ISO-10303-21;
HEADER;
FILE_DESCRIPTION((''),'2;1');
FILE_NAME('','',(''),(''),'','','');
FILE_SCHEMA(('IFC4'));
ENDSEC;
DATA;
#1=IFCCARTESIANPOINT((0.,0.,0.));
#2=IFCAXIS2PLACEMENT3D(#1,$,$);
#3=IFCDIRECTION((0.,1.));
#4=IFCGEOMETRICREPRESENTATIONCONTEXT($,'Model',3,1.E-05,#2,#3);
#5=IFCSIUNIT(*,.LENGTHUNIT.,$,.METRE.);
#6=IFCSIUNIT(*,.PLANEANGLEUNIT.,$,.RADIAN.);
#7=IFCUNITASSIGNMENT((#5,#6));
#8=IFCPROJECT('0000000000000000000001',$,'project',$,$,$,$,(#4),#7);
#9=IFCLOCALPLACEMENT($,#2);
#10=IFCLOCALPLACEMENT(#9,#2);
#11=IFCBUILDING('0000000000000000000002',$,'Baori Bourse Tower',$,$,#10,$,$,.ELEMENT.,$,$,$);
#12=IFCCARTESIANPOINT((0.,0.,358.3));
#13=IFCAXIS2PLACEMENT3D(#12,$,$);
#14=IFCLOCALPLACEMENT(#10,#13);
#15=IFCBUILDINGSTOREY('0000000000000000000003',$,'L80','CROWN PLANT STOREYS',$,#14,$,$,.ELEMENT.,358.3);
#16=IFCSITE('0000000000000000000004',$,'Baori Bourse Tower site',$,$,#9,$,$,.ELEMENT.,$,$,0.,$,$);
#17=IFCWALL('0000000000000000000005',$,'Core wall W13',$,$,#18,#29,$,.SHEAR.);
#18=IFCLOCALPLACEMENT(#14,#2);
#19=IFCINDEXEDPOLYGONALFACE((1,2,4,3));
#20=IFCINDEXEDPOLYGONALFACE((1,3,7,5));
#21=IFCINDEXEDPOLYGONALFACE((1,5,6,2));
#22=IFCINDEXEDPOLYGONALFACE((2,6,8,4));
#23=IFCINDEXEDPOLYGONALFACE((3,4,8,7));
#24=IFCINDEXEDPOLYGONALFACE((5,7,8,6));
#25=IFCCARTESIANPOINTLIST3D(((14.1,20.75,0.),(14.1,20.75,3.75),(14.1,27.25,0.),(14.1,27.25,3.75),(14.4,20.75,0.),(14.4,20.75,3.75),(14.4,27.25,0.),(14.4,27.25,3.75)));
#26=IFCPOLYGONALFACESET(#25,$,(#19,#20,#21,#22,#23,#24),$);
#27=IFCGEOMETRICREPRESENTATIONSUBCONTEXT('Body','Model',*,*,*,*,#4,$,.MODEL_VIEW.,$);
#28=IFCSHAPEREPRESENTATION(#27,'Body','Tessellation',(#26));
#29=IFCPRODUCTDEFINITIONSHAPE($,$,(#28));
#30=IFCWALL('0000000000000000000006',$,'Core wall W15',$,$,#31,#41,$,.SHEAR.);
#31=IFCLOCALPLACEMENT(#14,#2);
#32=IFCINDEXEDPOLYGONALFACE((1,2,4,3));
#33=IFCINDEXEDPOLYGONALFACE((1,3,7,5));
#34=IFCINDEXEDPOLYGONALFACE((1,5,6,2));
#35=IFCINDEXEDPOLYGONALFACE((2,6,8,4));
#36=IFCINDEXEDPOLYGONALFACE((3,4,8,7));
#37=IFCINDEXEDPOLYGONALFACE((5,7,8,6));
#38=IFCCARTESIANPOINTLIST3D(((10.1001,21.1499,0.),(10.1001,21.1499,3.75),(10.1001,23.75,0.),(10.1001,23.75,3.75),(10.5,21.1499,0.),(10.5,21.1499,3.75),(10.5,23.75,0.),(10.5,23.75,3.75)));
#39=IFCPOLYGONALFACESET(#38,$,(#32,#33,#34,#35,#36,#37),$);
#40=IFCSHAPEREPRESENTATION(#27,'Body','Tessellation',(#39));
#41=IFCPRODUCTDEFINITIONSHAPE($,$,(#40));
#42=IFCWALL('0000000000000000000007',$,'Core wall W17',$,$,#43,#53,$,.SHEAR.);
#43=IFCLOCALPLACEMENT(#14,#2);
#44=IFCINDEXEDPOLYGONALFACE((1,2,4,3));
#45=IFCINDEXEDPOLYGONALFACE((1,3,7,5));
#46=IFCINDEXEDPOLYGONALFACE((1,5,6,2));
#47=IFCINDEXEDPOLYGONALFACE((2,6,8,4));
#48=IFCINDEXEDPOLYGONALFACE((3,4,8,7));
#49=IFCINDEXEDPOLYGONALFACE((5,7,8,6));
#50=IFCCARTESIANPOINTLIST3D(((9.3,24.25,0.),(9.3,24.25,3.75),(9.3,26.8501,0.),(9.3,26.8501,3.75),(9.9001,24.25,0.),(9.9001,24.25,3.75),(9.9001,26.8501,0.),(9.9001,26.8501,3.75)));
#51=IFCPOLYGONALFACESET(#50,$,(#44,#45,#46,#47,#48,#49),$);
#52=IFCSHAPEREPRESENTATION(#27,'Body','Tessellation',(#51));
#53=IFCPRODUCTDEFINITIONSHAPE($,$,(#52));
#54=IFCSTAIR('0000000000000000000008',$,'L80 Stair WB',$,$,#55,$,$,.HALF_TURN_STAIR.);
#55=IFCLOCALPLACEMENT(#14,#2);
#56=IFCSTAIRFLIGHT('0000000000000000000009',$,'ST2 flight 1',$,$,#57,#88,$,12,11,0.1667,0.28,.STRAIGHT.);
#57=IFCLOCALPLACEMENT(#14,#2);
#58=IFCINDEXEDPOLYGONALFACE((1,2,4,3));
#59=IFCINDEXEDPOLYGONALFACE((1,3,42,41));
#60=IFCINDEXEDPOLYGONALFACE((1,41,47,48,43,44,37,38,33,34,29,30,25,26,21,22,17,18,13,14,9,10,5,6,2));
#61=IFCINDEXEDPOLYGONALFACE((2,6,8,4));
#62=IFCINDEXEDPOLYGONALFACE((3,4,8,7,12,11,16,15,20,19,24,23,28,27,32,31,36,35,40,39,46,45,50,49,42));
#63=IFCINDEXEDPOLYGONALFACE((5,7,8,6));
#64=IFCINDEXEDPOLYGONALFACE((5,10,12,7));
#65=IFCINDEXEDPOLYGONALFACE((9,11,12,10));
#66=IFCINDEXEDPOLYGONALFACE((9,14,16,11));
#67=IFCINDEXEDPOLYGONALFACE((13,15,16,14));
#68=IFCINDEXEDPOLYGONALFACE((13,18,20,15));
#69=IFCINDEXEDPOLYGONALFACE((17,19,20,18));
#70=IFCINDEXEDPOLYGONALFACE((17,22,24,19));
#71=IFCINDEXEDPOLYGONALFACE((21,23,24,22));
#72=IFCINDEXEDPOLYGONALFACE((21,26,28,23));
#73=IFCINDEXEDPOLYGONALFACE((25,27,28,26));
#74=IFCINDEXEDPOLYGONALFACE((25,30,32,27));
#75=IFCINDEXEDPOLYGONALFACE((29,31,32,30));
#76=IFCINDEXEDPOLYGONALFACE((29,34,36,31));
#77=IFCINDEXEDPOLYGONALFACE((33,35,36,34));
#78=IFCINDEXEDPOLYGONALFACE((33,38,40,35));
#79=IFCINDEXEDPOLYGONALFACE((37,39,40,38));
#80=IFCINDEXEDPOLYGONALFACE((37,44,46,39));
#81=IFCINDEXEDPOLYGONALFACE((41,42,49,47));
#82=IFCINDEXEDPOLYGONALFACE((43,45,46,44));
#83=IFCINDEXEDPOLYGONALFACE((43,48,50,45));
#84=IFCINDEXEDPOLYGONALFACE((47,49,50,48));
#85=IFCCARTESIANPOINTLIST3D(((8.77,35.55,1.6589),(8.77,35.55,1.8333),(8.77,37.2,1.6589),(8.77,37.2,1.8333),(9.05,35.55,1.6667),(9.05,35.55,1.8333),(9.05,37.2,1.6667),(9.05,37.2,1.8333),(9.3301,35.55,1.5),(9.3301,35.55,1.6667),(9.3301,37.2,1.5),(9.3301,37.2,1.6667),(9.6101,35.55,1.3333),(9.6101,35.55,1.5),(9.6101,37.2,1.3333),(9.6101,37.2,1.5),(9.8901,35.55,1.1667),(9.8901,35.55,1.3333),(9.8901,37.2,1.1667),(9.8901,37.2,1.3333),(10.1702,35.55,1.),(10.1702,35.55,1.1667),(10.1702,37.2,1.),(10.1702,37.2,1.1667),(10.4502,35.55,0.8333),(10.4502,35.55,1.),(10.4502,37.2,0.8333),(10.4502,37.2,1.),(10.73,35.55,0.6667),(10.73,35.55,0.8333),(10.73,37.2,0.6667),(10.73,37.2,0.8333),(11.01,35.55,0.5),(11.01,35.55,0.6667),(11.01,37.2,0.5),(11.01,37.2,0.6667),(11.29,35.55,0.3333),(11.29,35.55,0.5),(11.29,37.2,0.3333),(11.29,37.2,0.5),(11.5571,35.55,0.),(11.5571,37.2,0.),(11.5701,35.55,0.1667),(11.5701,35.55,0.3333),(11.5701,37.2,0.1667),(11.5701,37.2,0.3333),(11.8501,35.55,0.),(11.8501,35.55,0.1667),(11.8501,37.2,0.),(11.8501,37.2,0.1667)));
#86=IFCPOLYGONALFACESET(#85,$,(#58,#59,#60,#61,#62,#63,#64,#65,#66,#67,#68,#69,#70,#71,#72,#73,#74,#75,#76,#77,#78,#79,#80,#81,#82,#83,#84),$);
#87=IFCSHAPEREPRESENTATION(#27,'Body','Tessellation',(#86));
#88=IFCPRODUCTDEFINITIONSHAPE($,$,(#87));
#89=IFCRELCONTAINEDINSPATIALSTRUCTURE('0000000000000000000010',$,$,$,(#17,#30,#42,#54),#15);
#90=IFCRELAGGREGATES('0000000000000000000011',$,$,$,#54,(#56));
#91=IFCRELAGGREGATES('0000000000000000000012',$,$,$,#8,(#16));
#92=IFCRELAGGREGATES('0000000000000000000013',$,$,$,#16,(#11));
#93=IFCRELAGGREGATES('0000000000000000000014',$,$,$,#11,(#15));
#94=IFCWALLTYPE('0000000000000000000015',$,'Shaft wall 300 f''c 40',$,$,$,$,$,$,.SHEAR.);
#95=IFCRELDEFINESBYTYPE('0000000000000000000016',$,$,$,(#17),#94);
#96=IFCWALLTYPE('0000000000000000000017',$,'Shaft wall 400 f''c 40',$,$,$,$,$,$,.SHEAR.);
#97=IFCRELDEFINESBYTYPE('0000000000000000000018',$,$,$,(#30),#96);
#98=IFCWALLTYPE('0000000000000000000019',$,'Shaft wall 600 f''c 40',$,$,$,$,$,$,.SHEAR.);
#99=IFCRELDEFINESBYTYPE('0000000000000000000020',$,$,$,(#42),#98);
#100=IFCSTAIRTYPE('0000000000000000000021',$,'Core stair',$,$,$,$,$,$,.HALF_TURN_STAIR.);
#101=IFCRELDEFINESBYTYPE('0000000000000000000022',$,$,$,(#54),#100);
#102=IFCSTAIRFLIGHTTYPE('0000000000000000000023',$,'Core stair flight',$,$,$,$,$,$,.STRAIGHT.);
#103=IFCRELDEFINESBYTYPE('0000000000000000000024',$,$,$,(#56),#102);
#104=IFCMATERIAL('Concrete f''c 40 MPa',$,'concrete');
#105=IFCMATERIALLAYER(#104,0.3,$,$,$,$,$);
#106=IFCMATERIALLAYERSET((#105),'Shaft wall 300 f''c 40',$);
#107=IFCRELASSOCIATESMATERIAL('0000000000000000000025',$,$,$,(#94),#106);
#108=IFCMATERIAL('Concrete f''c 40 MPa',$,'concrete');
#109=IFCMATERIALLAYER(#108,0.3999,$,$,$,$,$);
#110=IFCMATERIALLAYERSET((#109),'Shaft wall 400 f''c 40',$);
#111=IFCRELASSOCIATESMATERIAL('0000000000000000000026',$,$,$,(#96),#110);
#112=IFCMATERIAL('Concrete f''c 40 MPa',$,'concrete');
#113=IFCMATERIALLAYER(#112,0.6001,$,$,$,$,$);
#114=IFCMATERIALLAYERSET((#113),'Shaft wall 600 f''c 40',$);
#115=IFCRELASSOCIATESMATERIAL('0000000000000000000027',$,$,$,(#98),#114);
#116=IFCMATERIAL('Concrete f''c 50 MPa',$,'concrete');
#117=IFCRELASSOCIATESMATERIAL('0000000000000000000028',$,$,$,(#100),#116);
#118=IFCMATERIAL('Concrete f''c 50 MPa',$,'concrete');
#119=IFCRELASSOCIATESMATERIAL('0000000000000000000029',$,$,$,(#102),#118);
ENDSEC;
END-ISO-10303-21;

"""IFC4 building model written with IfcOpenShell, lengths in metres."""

from ifc_helpers import new_model, si_unit, direction, frame, frame_2d, origin, place, context, subcontext, project, spatial, polyline, rectangle, outline, extrude, material, layer, layer_set, type_object, element, aggregate, save


model = new_model("IFC4")

# Units and contexts
model_context = context("Model", 3, precision=1e-05, world=origin(), true_north=direction((0.0, 1.0)))
body_context = subcontext(model_context, "Body", "Model", "MODEL_VIEW")
ifc_project = project(units=[si_unit("LENGTHUNIT", "METRE"), si_unit("PLANEANGLEUNIT", "RADIAN")], contexts=[model_context])

# Site, building, storey
site_placement = place(None, origin())
site = spatial("IfcSite", under=ifc_project, at=site_placement, Name="Baori Bourse Tower site", CompositionType="ELEMENT", RefElevation=0.0)
building_placement = place(site_placement, origin())
building = spatial("IfcBuilding", under=site, at=building_placement, Name="Baori Bourse Tower", CompositionType="ELEMENT")
storey_placement = place(building_placement, frame((0.0, 0.0, 358.3)))
storey = spatial("IfcBuildingStorey", under=building, at=storey_placement, Name="L80", Description="CROWN PLANT STOREYS", CompositionType="ELEMENT", Elevation=358.3)

# Walls
ifc_material_1 = material(Name="Concrete f'c 40 MPa", Category="concrete")
ifc_layer_1 = layer(ifc_material_1, 0.3)
ifc_layer_set_1 = layer_set([ifc_layer_1], Name="Shaft wall 300 f'c 40")
wall_type_1 = type_object("IfcWallType", Name="Shaft wall 300 f'c 40", PredefinedType="SHEAR", material=ifc_layer_set_1)
wall_1_placement = place(storey_placement, frame((14.25, 20.75, 0.0), z_axis=(0.0, 0.0, 1.0), x_axis=(0.0, 1.0, 0.0)))
element("IfcWall", 1, at=wall_1_placement, inside=storey, type_object=wall_type_1, Name="Core wall W13", PredefinedType="SHEAR", context=body_context, shape_type="SweptSolid", body=[
    extrude(rectangle(XDim=6.5, YDim=0.3, at=frame_2d((3.25, 0.0))), origin(), (0.0, 0.0, 1.0), 3.75),
])
ifc_material_2 = material(Name="Concrete f'c 40 MPa", Category="concrete")
ifc_layer_2 = layer(ifc_material_2, 0.3999)
ifc_layer_set_2 = layer_set([ifc_layer_2], Name="Shaft wall 400 f'c 40")
wall_type_2 = type_object("IfcWallType", Name="Shaft wall 400 f'c 40", PredefinedType="SHEAR", material=ifc_layer_set_2)
wall_2_placement = place(storey_placement, frame((10.3, 21.1499, 0.0), z_axis=(0.0, 0.0, 1.0), x_axis=(0.0, 1.0, 0.0)))
element("IfcWall", 2, at=wall_2_placement, inside=storey, type_object=wall_type_2, Name="Core wall W15", PredefinedType="SHEAR", context=body_context, shape_type="SweptSolid", body=[
    extrude(rectangle(XDim=2.6001, YDim=0.3999, at=frame_2d((1.3, 0.0))), origin(), (0.0, 0.0, 1.0), 3.75),
])
ifc_material_3 = material(Name="Concrete f'c 40 MPa", Category="concrete")
ifc_layer_3 = layer(ifc_material_3, 0.6001)
ifc_layer_set_3 = layer_set([ifc_layer_3], Name="Shaft wall 600 f'c 40")
wall_type_3 = type_object("IfcWallType", Name="Shaft wall 600 f'c 40", PredefinedType="SHEAR", material=ifc_layer_set_3)
wall_3_placement = place(storey_placement, frame((9.6001, 24.25, 0.0), z_axis=(0.0, 0.0, 1.0), x_axis=(0.0, 1.0, 0.0)))
element("IfcWall", 3, at=wall_3_placement, inside=storey, type_object=wall_type_3, Name="Core wall W17", PredefinedType="SHEAR", context=body_context, shape_type="SweptSolid", body=[
    extrude(rectangle(XDim=2.6001, YDim=0.6001, at=frame_2d((1.3, 0.0))), origin(), (0.0, 0.0, 1.0), 3.75),
])

# Stair, stair flight
ifc_material_4 = material(Name="Concrete f'c 50 MPa", Category="concrete")
stair_type = type_object("IfcStairType", Name="Core stair", PredefinedType="HALF_TURN_STAIR", material=ifc_material_4)
stair_placement = place(storey_placement, origin())
stair = element("IfcStair", 4, at=stair_placement, inside=storey, type_object=stair_type, Name="L80 Stair WB", PredefinedType="HALF_TURN_STAIR")
ifc_material_5 = material(Name="Concrete f'c 50 MPa", Category="concrete")
stair_flight_type = type_object("IfcStairFlightType", Name="Core stair flight", PredefinedType="STRAIGHT", material=ifc_material_5)
stair_flight_placement = place(storey_placement, frame((11.8501, 36.375, 0.0), z_axis=(0.0, 0.0, 1.0), x_axis=(-1.0, 0.0, 0.0)))
stair_flight = element("IfcStairFlight", 5, at=stair_flight_placement, type_object=stair_flight_type, Name="ST2 flight 1", NumberOfRisers=12, NumberOfTreads=11, PredefinedType="STRAIGHT", RiserHeight=0.1667, TreadLength=0.28, context=body_context, shape_type="SweptSolid", body=[
    extrude(outline(polyline([(0.0, 0.0), (0.0, 0.1667), (0.28, 0.1667), (0.28, 0.3333), (0.5601, 0.3333), (0.5601, 0.5), (0.8401, 0.5), (0.8401, 0.6667), (1.1201, 0.6667), (1.1201, 0.8333), (1.3999, 0.8333), (1.3999, 1.0), (1.6799, 1.0), (1.6799, 1.1667), (1.96, 1.1667), (1.96, 1.3333), (2.24, 1.3333), (2.24, 1.5), (2.52, 1.5), (2.52, 1.6667), (2.8, 1.6667), (2.8, 1.8333), (3.0801, 1.8333), (3.0801, 2.0), (3.0801, 1.6589), (0.293, 0.0), (0.0, 0.0)])), frame((0.0, 0.825, 0.0), z_axis=(0.0, -1.0, 0.0), x_axis=(1.0, 0.0, 0.0)), (0.0, 0.0, 1.0), 1.6499),
])
aggregate(stair, [stair_flight])

save(model, "model.ifc")
